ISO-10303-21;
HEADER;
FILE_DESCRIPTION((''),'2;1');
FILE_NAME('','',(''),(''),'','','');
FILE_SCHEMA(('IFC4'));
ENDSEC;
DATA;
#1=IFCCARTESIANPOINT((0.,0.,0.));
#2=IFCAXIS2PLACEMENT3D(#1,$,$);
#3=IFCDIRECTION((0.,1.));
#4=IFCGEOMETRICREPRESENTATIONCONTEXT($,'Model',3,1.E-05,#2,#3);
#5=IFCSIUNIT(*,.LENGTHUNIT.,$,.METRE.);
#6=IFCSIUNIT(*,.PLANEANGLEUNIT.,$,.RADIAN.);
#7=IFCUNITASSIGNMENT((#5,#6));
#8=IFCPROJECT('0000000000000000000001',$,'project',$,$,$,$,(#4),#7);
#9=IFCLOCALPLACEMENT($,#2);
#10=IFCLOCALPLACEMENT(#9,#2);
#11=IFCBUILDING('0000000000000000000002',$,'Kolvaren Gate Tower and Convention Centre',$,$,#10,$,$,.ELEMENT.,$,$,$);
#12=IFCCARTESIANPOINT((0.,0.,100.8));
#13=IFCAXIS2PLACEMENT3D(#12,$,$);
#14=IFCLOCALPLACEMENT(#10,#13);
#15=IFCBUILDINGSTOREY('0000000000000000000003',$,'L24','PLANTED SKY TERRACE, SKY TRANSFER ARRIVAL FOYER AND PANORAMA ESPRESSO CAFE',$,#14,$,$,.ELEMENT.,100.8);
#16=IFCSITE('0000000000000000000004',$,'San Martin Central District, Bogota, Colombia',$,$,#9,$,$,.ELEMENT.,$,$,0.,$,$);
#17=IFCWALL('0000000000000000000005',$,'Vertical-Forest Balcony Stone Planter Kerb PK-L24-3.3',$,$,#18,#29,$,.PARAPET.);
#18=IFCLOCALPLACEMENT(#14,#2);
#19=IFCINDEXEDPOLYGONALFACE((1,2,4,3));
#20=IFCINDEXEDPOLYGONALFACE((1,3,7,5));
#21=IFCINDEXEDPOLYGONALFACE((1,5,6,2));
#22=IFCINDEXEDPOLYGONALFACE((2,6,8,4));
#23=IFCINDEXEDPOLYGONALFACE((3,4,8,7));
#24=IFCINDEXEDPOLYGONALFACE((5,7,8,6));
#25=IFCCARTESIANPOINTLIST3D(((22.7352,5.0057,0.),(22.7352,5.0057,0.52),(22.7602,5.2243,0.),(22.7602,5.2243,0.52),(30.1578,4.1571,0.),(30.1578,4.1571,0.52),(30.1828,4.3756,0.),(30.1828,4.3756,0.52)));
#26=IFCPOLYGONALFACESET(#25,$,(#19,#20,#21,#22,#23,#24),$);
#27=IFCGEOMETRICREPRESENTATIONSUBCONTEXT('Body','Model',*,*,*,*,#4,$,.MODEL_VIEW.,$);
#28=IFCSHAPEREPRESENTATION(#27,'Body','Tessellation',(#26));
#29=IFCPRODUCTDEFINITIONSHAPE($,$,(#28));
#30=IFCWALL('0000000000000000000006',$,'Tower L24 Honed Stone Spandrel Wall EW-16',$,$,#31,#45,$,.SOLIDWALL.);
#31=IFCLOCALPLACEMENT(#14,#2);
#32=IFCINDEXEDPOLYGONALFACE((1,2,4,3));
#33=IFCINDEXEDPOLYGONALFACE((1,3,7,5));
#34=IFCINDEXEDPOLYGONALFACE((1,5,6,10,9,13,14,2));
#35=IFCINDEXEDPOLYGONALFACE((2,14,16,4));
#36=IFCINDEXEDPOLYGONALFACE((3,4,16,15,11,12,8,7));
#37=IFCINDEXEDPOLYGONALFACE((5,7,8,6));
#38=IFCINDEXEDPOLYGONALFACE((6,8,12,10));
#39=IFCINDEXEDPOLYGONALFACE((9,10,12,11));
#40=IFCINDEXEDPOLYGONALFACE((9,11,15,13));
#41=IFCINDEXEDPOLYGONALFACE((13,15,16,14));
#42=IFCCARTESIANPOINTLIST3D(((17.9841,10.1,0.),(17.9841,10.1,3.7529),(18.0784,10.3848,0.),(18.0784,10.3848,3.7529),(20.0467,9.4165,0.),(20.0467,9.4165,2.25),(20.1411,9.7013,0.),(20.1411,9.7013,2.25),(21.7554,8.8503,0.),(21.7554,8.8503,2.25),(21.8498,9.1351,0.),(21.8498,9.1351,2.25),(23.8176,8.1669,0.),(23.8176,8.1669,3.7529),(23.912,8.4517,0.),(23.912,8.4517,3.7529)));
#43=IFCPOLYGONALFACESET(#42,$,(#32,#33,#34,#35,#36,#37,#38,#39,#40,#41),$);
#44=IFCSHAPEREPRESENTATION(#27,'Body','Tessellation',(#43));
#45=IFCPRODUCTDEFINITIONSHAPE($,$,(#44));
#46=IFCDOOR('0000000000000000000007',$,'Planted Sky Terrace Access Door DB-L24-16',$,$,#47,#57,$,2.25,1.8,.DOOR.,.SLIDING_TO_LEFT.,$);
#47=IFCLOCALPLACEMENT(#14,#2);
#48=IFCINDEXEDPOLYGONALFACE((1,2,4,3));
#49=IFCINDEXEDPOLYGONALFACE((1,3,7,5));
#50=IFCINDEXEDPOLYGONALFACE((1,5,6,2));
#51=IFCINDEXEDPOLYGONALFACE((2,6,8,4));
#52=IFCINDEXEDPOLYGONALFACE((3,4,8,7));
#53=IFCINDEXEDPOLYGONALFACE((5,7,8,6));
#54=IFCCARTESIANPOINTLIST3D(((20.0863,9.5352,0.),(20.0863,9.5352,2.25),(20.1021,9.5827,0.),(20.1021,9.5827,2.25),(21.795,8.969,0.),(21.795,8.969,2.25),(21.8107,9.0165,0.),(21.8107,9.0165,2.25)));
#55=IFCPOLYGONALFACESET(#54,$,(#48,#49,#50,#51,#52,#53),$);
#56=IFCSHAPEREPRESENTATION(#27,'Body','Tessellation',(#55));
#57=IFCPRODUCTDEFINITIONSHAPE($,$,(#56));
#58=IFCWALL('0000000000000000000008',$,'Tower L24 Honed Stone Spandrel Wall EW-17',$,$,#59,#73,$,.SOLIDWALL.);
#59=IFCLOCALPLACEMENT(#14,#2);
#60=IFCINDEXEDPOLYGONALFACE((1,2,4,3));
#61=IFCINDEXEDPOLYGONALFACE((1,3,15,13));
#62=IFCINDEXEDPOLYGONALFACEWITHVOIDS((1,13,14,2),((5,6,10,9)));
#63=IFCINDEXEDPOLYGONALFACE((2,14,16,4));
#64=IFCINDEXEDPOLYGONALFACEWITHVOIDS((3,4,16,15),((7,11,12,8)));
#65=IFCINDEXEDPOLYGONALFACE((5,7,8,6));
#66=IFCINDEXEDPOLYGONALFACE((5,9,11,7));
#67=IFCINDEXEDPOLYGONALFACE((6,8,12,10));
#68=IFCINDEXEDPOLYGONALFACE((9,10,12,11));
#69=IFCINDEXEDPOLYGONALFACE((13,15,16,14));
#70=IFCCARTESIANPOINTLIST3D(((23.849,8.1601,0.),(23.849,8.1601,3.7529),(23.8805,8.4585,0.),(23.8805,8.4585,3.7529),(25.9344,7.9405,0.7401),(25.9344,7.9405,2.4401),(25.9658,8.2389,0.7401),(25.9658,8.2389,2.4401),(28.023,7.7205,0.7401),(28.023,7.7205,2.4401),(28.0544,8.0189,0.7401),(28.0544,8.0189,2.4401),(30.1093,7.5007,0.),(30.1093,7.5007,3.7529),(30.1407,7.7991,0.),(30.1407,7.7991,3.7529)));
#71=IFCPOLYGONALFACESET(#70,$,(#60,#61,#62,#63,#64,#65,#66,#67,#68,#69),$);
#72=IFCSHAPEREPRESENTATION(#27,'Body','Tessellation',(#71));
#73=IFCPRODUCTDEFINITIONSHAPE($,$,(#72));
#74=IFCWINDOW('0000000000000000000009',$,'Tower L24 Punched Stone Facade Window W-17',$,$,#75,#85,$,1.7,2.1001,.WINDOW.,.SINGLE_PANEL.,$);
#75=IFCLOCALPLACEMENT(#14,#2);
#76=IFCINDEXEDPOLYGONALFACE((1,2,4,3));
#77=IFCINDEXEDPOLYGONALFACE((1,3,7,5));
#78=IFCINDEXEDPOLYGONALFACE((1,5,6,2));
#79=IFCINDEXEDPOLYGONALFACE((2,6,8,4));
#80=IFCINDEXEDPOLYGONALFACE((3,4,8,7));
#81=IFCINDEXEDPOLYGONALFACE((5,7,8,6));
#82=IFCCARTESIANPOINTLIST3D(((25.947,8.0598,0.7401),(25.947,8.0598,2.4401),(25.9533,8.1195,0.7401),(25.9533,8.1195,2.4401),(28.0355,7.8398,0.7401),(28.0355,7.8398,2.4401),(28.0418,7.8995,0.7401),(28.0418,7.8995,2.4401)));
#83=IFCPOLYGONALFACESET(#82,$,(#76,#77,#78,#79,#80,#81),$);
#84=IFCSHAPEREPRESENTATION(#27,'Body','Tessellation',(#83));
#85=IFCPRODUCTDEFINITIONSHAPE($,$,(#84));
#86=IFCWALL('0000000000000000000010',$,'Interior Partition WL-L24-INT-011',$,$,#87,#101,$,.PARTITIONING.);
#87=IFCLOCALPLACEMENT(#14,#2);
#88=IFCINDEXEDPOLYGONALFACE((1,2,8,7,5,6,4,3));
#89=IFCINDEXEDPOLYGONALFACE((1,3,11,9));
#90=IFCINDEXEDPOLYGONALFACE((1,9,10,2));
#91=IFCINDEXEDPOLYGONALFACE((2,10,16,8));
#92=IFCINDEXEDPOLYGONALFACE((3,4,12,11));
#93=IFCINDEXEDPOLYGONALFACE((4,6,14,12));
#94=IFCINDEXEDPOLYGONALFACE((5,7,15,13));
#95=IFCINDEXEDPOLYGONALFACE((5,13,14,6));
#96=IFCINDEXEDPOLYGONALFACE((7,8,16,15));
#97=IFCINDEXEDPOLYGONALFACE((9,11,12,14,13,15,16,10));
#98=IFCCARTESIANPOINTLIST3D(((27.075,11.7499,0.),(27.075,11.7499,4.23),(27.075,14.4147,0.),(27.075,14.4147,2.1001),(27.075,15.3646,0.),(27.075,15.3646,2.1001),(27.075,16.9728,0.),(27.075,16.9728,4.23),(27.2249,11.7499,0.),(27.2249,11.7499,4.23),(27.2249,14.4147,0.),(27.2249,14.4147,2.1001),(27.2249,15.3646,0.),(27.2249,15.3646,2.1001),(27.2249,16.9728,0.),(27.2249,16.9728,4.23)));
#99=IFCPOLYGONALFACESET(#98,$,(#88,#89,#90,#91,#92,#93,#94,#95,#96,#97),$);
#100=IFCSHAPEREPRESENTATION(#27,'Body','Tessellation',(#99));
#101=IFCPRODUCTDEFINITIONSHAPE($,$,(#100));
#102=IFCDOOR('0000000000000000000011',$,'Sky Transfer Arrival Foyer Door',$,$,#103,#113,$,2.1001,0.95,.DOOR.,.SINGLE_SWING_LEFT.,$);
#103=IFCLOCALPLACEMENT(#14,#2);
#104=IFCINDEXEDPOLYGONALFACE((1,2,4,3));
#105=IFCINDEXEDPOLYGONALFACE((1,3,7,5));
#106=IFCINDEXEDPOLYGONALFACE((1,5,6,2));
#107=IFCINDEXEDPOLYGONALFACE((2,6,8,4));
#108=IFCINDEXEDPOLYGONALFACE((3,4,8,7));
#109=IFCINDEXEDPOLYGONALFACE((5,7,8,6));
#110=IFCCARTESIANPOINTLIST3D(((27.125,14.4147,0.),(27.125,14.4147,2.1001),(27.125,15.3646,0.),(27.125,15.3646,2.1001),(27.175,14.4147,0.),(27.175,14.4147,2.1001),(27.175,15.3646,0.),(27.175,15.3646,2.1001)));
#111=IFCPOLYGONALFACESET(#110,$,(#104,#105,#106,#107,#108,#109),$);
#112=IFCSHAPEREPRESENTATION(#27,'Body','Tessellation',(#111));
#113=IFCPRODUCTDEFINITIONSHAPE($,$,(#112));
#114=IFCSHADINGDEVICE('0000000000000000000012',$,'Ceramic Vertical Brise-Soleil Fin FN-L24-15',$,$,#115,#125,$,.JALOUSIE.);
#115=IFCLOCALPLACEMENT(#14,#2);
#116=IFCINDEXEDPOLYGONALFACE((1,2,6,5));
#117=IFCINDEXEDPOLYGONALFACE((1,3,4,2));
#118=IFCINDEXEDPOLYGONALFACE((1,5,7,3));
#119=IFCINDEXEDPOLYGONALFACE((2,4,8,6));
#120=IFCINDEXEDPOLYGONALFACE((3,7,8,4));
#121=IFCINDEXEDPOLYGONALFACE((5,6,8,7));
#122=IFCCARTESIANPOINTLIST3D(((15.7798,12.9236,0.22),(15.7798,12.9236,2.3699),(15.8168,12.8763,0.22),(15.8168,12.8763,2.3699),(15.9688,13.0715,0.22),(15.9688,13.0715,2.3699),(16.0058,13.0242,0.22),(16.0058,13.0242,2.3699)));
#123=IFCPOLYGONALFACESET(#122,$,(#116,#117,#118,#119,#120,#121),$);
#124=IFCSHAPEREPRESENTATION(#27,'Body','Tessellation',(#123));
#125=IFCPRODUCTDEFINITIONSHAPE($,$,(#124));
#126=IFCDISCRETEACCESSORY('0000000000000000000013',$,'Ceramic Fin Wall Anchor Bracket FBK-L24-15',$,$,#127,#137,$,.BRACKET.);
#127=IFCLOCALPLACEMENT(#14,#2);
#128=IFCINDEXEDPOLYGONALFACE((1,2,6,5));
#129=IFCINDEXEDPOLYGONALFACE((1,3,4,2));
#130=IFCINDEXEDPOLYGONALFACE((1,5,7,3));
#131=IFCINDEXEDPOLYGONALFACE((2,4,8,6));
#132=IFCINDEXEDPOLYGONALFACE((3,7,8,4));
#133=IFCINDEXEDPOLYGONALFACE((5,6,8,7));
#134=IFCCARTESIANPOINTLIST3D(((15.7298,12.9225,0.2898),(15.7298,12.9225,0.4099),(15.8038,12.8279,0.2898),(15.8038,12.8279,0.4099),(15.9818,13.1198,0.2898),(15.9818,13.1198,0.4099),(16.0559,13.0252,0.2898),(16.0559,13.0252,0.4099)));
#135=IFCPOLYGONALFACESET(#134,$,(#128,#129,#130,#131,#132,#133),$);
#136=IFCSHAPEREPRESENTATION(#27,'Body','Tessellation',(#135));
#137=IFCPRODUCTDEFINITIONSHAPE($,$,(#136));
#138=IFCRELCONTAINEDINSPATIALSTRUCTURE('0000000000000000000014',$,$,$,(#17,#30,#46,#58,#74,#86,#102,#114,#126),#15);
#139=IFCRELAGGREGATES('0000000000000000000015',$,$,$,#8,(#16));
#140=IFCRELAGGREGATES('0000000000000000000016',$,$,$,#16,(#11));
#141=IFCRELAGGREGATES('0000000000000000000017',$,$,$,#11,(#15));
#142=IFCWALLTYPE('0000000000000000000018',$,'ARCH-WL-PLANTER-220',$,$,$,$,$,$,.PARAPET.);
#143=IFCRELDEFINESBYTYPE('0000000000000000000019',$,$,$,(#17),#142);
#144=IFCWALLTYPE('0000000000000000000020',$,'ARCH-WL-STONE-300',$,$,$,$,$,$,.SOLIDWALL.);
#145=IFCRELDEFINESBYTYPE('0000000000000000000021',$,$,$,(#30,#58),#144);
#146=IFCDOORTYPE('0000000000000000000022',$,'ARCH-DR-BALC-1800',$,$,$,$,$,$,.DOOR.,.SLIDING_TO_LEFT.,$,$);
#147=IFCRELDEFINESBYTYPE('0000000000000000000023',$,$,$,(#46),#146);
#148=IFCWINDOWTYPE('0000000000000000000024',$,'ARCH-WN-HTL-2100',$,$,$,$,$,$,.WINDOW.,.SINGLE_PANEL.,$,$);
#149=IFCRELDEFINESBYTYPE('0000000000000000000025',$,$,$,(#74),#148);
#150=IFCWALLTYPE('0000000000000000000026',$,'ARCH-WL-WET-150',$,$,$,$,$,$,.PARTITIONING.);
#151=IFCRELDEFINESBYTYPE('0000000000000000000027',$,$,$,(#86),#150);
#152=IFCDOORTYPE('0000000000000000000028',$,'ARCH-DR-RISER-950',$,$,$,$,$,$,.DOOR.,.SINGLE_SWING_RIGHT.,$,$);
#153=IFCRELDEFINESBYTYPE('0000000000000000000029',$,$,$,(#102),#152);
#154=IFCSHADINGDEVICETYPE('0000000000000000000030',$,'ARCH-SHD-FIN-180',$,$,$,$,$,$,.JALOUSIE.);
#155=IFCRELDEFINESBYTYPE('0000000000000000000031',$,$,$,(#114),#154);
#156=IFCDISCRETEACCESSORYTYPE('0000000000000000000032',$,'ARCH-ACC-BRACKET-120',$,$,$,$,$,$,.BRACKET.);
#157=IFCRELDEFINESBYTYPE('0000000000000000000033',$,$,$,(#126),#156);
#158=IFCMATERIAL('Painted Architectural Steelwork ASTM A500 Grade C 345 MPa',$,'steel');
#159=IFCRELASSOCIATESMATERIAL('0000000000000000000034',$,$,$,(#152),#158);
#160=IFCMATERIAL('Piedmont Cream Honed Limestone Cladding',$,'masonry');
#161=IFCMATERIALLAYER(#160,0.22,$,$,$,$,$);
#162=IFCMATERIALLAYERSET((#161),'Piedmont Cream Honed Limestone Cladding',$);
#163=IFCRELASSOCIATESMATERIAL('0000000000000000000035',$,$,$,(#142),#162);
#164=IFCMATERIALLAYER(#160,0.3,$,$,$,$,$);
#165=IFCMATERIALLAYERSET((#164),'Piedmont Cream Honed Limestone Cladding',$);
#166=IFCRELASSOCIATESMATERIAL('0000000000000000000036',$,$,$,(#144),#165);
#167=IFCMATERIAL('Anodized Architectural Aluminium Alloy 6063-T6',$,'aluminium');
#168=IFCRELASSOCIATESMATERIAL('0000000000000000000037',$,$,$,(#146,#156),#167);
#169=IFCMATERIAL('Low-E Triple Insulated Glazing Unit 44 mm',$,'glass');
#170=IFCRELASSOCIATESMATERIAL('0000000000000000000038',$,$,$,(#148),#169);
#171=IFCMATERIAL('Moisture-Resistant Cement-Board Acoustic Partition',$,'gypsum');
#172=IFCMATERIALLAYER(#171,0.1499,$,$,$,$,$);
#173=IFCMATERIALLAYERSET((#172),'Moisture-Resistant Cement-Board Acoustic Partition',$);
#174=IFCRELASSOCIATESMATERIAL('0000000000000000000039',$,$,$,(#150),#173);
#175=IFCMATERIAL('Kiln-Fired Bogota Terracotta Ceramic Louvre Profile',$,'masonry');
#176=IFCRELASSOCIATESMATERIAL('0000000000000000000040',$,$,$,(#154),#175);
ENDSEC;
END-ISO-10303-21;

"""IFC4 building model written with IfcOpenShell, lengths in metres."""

from ifc_helpers import new_model, si_unit, direction, frame, frame_2d, origin, origin_2d, place, context, subcontext, project, spatial, rectangle, extrude, material, layer, layer_set, type_object, element, fill, save


model = new_model("IFC4")

# Units and contexts
model_context = context("Model", 3, precision=1e-05, world=origin(), true_north=direction((0.0, 1.0)))
body_context = subcontext(model_context, "Body", "Model", "MODEL_VIEW")
ifc_project = project(units=[si_unit("LENGTHUNIT", "METRE"), si_unit("PLANEANGLEUNIT", "RADIAN")], contexts=[model_context])

# Site, building, storey
site_placement = place(None, origin())
site = spatial("IfcSite", under=ifc_project, at=site_placement, Name="San Martin Central District, Bogota, Colombia", CompositionType="ELEMENT", RefElevation=0.0)
building_placement = place(site_placement, origin())
building = spatial("IfcBuilding", under=site, at=building_placement, Name="Kolvaren Gate Tower and Convention Centre", CompositionType="ELEMENT")
storey_placement = place(building_placement, frame((0.0, 0.0, 100.8)))
storey = spatial("IfcBuildingStorey", under=building, at=storey_placement, Name="L24", Description="PLANTED SKY TERRACE, SKY TRANSFER ARRIVAL FOYER AND PANORAMA ESPRESSO CAFE", CompositionType="ELEMENT", Elevation=100.8)

# Shared definitions
ifc_material_1 = material(Name="Painted Architectural Steelwork ASTM A500 Grade C 345 MPa", Category="steel")
door_type_1 = type_object("IfcDoorType", Name="ARCH-DR-RISER-950", OperationType="SINGLE_SWING_RIGHT", PredefinedType="DOOR", material=ifc_material_1)

# Wall
ifc_material_2 = material(Name="Piedmont Cream Honed Limestone Cladding", Category="masonry")
ifc_layer_1 = layer(ifc_material_2, 0.22)
ifc_layer_set_1 = layer_set([ifc_layer_1], Name="Piedmont Cream Honed Limestone Cladding")
wall_type_1 = type_object("IfcWallType", Name="ARCH-WL-PLANTER-220", PredefinedType="PARAPET", material=ifc_layer_set_1)
wall_1_placement = place(storey_placement, frame((22.7478, 5.115, 0.0), z_axis=(0.0, 0.0, 1.0), x_axis=(0.993528, -0.113591, 0.0)))
element("IfcWall", 1, at=wall_1_placement, inside=storey, type_object=wall_type_1, Name="Vertical-Forest Balcony Stone Planter Kerb PK-L24-3.3", PredefinedType="PARAPET", context=body_context, shape_type="SweptSolid", body=[
    extrude(rectangle(XDim=7.4709, YDim=0.22, at=frame_2d((3.7354, 0.0))), origin(), (0.0, 0.0, 1.0), 0.52),
])

# Wall, opening, door
ifc_layer_2 = layer(ifc_material_2, 0.3)
ifc_layer_set_2 = layer_set([ifc_layer_2], Name="Piedmont Cream Honed Limestone Cladding")
wall_type_2 = type_object("IfcWallType", Name="ARCH-WL-STONE-300", PredefinedType="SOLIDWALL", material=ifc_layer_set_2)
wall_2_placement = place(storey_placement, frame((18.0312, 10.2424, 0.0), z_axis=(0.0, 0.0, 1.0), x_axis=(0.949238, -0.314559, 0.0)))
wall_2 = element("IfcWall", 2, at=wall_2_placement, inside=storey, type_object=wall_type_2, Name="Tower L24 Honed Stone Spandrel Wall EW-16", PredefinedType="SOLIDWALL", context=body_context, shape_type="SweptSolid", body=[
    extrude(rectangle(XDim=6.1455, YDim=0.3, at=frame_2d((3.0728, 0.0))), origin(), (0.0, 0.0, 1.0), 3.7529),
])
opening_1_placement = place(wall_2_placement, frame((2.1731, 0.0, 0.0)))
opening_1 = element("IfcOpeningElement", 3, at=opening_1_placement, cuts=wall_2, PredefinedType="OPENING", context=body_context, shape_type="SweptSolid", body=[
    extrude(rectangle(XDim=1.8, YDim=2.25, at=frame_2d((0.8999, 1.125))), frame((0.0, 0.1599, 0.0), z_axis=(0.0, -1.0, 0.0), x_axis=(1.0, 0.0, 0.0)), (0.0, 0.0, 1.0), 0.3201),
])
ifc_material_3 = material(Name="Anodized Architectural Aluminium Alloy 6063-T6", Category="aluminium")
door_type_2 = type_object("IfcDoorType", Name="ARCH-DR-BALC-1800", OperationType="SLIDING_TO_LEFT", PredefinedType="DOOR", material=ifc_material_3)
door_1_placement = place(opening_1_placement, frame((1.8, 0.0, 0.0), z_axis=(0.0, 0.0, 1.0), x_axis=(-1.0, 0.0, 0.0)))
door_1 = element("IfcDoor", 4, at=door_1_placement, inside=storey, type_object=door_type_2, Name="Planted Sky Terrace Access Door DB-L24-16", OperationType="SLIDING_TO_LEFT", OverallHeight=2.25, OverallWidth=1.8, PredefinedType="DOOR", context=body_context, shape_type="SweptSolid", body=[
    extrude(rectangle(XDim=1.8, YDim=2.25, at=frame_2d((0.8999, 1.125))), frame((0.0, 0.0249, 0.0), z_axis=(0.0, -1.0, 0.0), x_axis=(1.0, 0.0, 0.0)), (0.0, 0.0, 1.0), 0.05),
])
fill(opening_1, door_1)

# Wall, opening, window
wall_3_placement = place(storey_placement, frame((23.8647, 8.3093, 0.0), z_axis=(0.0, 0.0, 1.0), x_axis=(0.994498, -0.104755, 0.0)))
wall_3 = element("IfcWall", 5, at=wall_3_placement, inside=storey, type_object=wall_type_2, Name="Tower L24 Honed Stone Spandrel Wall EW-17", PredefinedType="SOLIDWALL", context=body_context, shape_type="SweptSolid", body=[
    extrude(rectangle(XDim=6.2949, YDim=0.3, at=frame_2d((3.1475, 0.0))), origin(), (0.0, 0.0, 1.0), 3.7529),
])
opening_2_placement = place(wall_3_placement, frame((2.0969, 0.0, 0.74)))
opening_2 = element("IfcOpeningElement", 6, at=opening_2_placement, cuts=wall_3, PredefinedType="OPENING", context=body_context, shape_type="SweptSolid", body=[
    extrude(rectangle(XDim=2.1001, YDim=1.7, at=frame_2d((1.05, 0.8501))), frame((0.0, 0.1599, 0.0), z_axis=(0.0, -1.0, 0.0), x_axis=(1.0, 0.0, 0.0)), (0.0, 0.0, 1.0), 0.3201),
])
ifc_material_4 = material(Name="Low-E Triple Insulated Glazing Unit 44 mm", Category="glass")
window_type = type_object("IfcWindowType", Name="ARCH-WN-HTL-2100", PartitioningType="SINGLE_PANEL", PredefinedType="WINDOW", material=ifc_material_4)
window_placement = place(opening_2_placement, origin())
window = element("IfcWindow", 7, at=window_placement, inside=storey, type_object=window_type, Name="Tower L24 Punched Stone Facade Window W-17", OverallHeight=1.7, OverallWidth=2.1001, PartitioningType="SINGLE_PANEL", PredefinedType="WINDOW", context=body_context, shape_type="SweptSolid", body=[
    extrude(rectangle(XDim=2.1001, YDim=1.7, at=frame_2d((1.05, 0.8501))), frame((0.0, 0.03, 0.0), z_axis=(0.0, -1.0, 0.0), x_axis=(1.0, 0.0, 0.0)), (0.0, 0.0, 1.0), 0.0601),
])
fill(opening_2, window)

# Wall, opening, door
ifc_material_5 = material(Name="Moisture-Resistant Cement-Board Acoustic Partition", Category="gypsum")
ifc_layer_3 = layer(ifc_material_5, 0.1499)
ifc_layer_set_3 = layer_set([ifc_layer_3], Name="Moisture-Resistant Cement-Board Acoustic Partition")
wall_type_3 = type_object("IfcWallType", Name="ARCH-WL-WET-150", PredefinedType="PARTITIONING", material=ifc_layer_set_3)
wall_4_placement = place(storey_placement, frame((27.1499, 11.75, 0.0), z_axis=(0.0, 0.0, 1.0), x_axis=(0.0, 1.0, 0.0)))
wall_4 = element("IfcWall", 8, at=wall_4_placement, inside=storey, type_object=wall_type_3, Name="Interior Partition WL-L24-INT-011", PredefinedType="PARTITIONING", context=body_context, shape_type="SweptSolid", body=[
    extrude(rectangle(XDim=5.2229, YDim=0.1499, at=frame_2d((2.6113, 0.0))), origin(), (0.0, 0.0, 1.0), 4.23),
])
opening_3_placement = place(wall_4_placement, frame((2.6646, 0.0, 0.0)))
opening_3 = element("IfcOpeningElement", 9, at=opening_3_placement, cuts=wall_4, PredefinedType="OPENING", context=body_context, shape_type="SweptSolid", body=[
    extrude(rectangle(XDim=0.95, YDim=2.1001, at=frame_2d((0.4751, 1.05))), frame((0.0, 0.085, 0.0), z_axis=(0.0, -1.0, 0.0), x_axis=(1.0, 0.0, 0.0)), (0.0, 0.0, 1.0), 0.1699),
])
door_2_placement = place(opening_3_placement, origin())
door_2 = element("IfcDoor", 10, at=door_2_placement, inside=storey, type_object=door_type_1, Name="Sky Transfer Arrival Foyer Door", OperationType="SINGLE_SWING_LEFT", OverallHeight=2.1001, OverallWidth=0.95, PredefinedType="DOOR", context=body_context, shape_type="SweptSolid", body=[
    extrude(rectangle(XDim=0.95, YDim=2.1001, at=frame_2d((0.4751, 1.05))), frame((0.0, 0.0249, 0.0), z_axis=(0.0, -1.0, 0.0), x_axis=(1.0, 0.0, 0.0)), (0.0, 0.0, 1.0), 0.05),
])
fill(opening_3, door_2)

# Shading device
ifc_material_6 = material(Name="Kiln-Fired Bogota Terracotta Ceramic Louvre Profile", Category="masonry")
shading_device_type = type_object("IfcShadingDeviceType", Name="ARCH-SHD-FIN-180", PredefinedType="JALOUSIE", material=ifc_material_6)
shading_device_placement = place(storey_placement, frame((15.8928, 12.9739, 0.22), z_axis=(0.0, 0.0, 1.0), x_axis=(0.616424, -0.787414, 0.0)))
element("IfcShadingDevice", 11, at=shading_device_placement, inside=storey, type_object=shading_device_type, Name="Ceramic Vertical Brise-Soleil Fin FN-L24-15", PredefinedType="JALOUSIE", context=body_context, shape_type="SweptSolid", body=[
    extrude(rectangle(XDim=0.0601, YDim=0.24, at=origin_2d()), origin(), (0.0, 0.0, 1.0), 2.1499),
])

# Discrete accessory
discrete_accessory_type = type_object("IfcDiscreteAccessoryType", Name="ARCH-ACC-BRACKET-120", PredefinedType="BRACKET", material=ifc_material_3)
discrete_accessory_placement = place(storey_placement, frame((15.8928, 12.9739, 0.2898), z_axis=(0.0, 0.0, 1.0), x_axis=(0.616424, -0.787414, 0.0)))
element("IfcDiscreteAccessory", 12, at=discrete_accessory_placement, inside=storey, type_object=discrete_accessory_type, Name="Ceramic Fin Wall Anchor Bracket FBK-L24-15", PredefinedType="BRACKET", context=body_context, shape_type="SweptSolid", body=[
    extrude(rectangle(XDim=0.1201, YDim=0.3201, at=origin_2d()), origin(), (0.0, 0.0, 1.0), 0.1201),
])

save(model, "model.ifc")
